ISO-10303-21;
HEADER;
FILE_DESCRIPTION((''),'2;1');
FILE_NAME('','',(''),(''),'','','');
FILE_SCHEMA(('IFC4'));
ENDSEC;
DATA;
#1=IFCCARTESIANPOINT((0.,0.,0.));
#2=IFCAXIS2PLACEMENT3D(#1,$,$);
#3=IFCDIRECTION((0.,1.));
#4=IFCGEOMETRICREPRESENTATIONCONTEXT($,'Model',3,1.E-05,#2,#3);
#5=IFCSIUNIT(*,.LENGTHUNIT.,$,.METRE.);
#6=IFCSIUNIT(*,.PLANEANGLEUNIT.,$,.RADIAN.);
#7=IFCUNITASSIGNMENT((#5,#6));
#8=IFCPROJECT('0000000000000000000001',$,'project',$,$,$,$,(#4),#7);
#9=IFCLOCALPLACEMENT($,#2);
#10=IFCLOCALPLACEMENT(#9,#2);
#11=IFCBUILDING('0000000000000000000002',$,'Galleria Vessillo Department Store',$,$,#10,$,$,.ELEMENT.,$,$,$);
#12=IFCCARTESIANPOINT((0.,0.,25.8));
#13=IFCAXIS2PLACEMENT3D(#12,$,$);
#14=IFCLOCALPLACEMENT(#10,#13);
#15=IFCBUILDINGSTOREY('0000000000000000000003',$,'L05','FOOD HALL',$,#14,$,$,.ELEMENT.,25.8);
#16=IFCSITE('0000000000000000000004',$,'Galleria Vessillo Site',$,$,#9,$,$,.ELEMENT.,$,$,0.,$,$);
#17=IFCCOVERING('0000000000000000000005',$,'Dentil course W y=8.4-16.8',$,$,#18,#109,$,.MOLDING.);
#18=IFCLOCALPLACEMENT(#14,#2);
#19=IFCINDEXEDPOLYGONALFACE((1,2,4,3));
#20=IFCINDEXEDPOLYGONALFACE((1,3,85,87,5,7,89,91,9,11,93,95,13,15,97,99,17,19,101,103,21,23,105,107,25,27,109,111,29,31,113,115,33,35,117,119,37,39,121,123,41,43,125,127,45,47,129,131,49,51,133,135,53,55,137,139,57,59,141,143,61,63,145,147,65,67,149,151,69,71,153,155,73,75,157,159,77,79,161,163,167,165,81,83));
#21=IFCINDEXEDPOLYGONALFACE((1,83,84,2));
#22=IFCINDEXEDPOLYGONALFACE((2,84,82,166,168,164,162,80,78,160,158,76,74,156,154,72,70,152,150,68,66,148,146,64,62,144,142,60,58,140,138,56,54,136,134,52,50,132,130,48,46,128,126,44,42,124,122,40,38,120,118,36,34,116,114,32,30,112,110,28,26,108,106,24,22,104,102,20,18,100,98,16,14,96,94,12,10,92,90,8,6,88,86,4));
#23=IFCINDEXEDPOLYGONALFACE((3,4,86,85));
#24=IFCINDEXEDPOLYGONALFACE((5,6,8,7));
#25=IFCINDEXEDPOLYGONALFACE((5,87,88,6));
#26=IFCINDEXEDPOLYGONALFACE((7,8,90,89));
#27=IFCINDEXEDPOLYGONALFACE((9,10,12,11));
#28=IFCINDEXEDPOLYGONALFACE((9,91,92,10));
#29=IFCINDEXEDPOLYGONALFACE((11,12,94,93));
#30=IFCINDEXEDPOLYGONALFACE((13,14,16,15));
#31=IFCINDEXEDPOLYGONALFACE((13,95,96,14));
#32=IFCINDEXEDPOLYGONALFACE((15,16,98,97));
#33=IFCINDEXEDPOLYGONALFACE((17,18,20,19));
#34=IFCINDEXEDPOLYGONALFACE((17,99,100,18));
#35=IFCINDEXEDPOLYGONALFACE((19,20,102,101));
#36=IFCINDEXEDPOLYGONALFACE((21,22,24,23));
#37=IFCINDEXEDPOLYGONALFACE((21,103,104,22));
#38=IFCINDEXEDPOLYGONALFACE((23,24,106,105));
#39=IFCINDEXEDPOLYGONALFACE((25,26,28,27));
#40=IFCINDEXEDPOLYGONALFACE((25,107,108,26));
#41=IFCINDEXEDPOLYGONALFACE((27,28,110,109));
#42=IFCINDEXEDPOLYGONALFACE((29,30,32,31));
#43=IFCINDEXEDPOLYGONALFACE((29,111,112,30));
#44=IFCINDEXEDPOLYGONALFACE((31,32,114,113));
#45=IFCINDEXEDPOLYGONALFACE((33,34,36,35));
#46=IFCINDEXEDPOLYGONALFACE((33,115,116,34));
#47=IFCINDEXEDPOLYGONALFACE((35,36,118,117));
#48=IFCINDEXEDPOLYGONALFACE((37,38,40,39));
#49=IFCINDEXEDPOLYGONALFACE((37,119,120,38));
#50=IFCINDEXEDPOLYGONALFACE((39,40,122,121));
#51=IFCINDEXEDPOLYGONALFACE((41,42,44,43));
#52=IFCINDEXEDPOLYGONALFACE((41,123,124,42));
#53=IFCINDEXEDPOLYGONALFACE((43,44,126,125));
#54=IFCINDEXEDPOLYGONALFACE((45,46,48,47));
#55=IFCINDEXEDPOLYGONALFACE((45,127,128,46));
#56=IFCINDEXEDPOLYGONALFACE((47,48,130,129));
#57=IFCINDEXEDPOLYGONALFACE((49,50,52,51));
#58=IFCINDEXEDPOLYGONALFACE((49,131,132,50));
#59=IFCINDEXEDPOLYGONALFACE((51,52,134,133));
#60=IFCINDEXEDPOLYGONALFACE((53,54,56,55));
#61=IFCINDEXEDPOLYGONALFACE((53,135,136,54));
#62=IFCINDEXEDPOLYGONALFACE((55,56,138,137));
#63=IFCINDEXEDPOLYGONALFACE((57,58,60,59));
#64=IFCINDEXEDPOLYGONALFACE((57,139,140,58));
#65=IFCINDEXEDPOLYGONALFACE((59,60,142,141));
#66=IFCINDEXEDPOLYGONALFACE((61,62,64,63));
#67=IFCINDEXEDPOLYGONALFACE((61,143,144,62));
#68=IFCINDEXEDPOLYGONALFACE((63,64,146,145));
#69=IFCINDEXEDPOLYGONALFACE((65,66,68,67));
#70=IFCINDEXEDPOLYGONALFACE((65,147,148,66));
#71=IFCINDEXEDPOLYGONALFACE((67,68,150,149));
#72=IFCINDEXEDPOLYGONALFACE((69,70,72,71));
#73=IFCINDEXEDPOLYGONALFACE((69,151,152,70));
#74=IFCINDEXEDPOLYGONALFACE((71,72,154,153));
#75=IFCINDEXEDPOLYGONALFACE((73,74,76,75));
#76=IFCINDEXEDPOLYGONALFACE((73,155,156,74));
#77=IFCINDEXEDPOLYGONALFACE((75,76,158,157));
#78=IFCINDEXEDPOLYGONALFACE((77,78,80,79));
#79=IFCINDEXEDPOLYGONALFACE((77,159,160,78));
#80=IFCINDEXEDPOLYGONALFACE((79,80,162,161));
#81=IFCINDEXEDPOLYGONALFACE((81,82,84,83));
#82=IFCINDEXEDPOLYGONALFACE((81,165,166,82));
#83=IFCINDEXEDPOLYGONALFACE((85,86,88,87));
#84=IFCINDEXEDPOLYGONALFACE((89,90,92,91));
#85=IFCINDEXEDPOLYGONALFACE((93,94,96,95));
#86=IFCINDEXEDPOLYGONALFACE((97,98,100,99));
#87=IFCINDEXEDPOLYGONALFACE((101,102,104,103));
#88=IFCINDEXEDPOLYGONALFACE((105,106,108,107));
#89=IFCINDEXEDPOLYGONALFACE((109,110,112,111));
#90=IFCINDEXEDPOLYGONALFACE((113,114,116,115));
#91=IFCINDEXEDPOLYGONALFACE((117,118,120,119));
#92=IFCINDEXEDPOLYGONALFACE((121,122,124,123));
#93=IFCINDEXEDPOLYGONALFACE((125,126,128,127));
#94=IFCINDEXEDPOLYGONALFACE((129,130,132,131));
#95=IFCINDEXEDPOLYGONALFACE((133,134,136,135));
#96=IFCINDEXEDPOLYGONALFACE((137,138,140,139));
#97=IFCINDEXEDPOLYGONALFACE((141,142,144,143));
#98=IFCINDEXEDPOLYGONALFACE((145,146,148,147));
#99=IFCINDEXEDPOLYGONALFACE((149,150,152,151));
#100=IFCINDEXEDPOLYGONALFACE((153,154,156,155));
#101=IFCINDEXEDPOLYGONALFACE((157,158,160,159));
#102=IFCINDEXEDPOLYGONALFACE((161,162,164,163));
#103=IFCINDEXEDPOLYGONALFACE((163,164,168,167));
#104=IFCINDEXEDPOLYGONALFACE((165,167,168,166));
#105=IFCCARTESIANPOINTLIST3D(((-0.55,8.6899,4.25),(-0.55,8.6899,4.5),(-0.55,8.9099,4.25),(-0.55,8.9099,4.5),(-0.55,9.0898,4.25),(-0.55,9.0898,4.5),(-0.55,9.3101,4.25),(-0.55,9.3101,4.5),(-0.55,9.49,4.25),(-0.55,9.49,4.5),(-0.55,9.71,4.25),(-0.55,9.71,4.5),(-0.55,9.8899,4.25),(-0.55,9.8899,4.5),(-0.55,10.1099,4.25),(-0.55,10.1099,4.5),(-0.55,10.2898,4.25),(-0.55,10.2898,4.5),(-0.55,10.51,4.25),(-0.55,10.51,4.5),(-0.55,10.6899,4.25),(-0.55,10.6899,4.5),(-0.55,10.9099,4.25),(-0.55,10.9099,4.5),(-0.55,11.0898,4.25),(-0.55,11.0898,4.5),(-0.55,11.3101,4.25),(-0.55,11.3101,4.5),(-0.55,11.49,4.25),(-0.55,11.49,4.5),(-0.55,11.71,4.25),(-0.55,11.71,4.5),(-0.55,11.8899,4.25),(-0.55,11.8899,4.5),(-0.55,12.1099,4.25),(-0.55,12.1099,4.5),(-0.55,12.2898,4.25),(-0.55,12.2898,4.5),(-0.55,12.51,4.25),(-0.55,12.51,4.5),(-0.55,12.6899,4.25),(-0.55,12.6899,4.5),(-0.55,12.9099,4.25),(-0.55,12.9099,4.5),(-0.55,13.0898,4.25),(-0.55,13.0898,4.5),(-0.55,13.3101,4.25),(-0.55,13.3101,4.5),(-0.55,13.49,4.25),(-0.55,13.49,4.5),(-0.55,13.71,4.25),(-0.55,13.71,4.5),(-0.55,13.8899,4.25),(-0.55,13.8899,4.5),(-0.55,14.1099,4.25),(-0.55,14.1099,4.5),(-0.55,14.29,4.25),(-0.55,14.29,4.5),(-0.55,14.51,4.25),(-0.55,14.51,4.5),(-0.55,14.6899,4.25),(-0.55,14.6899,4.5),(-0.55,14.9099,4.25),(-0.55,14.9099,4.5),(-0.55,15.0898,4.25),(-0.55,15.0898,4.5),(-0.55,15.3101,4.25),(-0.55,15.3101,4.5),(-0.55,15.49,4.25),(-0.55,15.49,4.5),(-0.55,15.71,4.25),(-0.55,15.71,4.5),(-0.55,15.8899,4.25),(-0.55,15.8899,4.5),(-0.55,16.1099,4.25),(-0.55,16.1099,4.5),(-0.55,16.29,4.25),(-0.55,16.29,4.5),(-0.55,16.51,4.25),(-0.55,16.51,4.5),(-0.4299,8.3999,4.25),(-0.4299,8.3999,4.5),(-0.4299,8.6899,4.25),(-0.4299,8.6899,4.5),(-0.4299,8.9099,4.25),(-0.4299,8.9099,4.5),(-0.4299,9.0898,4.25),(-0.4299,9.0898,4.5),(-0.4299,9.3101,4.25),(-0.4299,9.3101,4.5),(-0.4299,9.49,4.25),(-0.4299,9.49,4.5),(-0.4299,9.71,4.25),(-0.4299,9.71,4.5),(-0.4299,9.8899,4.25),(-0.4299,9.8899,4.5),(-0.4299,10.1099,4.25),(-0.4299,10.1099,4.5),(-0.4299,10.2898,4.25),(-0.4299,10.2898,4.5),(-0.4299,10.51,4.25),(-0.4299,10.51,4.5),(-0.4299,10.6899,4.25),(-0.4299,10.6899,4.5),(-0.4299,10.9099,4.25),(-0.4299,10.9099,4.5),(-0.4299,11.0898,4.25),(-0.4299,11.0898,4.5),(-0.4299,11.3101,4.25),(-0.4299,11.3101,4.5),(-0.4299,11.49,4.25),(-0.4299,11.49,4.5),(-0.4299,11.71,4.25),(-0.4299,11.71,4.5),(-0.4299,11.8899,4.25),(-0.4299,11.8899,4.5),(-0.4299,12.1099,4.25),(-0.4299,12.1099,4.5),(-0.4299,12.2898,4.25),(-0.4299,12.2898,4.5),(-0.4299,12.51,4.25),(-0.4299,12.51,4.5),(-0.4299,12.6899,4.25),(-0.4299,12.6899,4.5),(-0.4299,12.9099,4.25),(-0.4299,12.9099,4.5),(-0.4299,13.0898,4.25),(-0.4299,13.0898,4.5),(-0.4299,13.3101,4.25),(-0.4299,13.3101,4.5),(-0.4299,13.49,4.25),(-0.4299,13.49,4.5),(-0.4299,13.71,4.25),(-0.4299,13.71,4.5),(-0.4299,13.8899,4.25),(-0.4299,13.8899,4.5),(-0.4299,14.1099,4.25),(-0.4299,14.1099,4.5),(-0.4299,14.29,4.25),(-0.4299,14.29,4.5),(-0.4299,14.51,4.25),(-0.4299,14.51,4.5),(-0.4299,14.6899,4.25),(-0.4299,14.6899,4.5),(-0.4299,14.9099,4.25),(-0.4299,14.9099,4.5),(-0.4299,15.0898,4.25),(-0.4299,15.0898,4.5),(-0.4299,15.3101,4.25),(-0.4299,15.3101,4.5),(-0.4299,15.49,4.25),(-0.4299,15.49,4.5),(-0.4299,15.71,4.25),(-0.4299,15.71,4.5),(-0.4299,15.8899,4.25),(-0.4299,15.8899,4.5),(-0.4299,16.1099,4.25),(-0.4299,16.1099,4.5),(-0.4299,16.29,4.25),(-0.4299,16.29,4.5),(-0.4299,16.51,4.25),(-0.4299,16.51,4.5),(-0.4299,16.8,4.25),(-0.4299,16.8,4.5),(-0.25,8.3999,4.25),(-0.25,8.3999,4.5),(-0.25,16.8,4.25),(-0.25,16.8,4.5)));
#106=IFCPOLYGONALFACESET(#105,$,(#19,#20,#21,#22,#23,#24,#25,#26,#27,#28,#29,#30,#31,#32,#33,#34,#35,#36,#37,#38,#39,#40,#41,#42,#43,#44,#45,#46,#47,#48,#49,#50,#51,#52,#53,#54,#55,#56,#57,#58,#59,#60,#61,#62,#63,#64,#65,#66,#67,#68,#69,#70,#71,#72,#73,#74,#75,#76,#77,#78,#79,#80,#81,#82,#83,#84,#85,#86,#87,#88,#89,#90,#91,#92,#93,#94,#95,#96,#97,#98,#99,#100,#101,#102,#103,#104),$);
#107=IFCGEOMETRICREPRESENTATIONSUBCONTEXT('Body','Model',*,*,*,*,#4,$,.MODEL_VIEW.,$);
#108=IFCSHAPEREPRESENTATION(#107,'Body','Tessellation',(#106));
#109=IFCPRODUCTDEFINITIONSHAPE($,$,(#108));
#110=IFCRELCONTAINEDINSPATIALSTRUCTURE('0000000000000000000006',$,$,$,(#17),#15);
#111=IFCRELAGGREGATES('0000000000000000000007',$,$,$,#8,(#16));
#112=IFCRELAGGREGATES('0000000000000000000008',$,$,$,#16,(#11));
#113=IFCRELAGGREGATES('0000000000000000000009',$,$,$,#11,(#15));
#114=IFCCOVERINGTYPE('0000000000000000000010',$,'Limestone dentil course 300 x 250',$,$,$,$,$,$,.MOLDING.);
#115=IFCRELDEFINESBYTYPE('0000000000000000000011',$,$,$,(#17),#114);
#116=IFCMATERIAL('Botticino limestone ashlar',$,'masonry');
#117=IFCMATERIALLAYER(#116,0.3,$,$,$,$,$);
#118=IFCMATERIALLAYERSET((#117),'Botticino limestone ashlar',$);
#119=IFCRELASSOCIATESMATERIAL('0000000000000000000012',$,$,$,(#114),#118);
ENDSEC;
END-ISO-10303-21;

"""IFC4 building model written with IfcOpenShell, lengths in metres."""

from ifc_helpers import new_model, si_unit, direction, frame, origin, place, context, subcontext, project, spatial, polyline, outline, extrude, material, layer, layer_set, type_object, element, save


model = new_model("IFC4")

# Units and contexts
model_context = context("Model", 3, precision=1e-05, world=origin(), true_north=direction((0.0, 1.0)))
body_context = subcontext(model_context, "Body", "Model", "MODEL_VIEW")
ifc_project = project(units=[si_unit("LENGTHUNIT", "METRE"), si_unit("PLANEANGLEUNIT", "RADIAN")], contexts=[model_context])

# Site, building, storey
site_placement = place(None, origin())
site = spatial("IfcSite", under=ifc_project, at=site_placement, Name="Galleria Vessillo Site", CompositionType="ELEMENT", RefElevation=0.0)
building_placement = place(site_placement, origin())
building = spatial("IfcBuilding", under=site, at=building_placement, Name="Galleria Vessillo Department Store", CompositionType="ELEMENT")
storey_placement = place(building_placement, frame((0.0, 0.0, 25.8)))
storey = spatial("IfcBuildingStorey", under=building, at=storey_placement, Name="L05", Description="FOOD HALL", CompositionType="ELEMENT", Elevation=25.8)

# Covering
ifc_material_1 = material(Name="Botticino limestone ashlar", Category="masonry")
ifc_layer_1 = layer(ifc_material_1, 0.3)
ifc_layer_set_1 = layer_set([ifc_layer_1], Name="Botticino limestone ashlar")
covering_type_1 = type_object("IfcCoveringType", Name="Limestone dentil course 300 x 250", PredefinedType="MOLDING", material=ifc_layer_set_1)
covering_1_placement = place(storey_placement, frame((0.0, 0.0, 4.25)))
element("IfcCovering", 1, at=covering_1_placement, inside=storey, type_object=covering_type_1, Name="Dentil course W y=8.4-16.8", PredefinedType="MOLDING", context=body_context, shape_type="SweptSolid", body=[
    extrude(outline(polyline([(-0.25, 8.3999), (-0.4299, 8.3999), (-0.4299, 8.6899), (-0.55, 8.6899), (-0.55, 8.9099), (-0.4299, 8.9099), (-0.4299, 9.0898), (-0.55, 9.0898), (-0.55, 9.3101), (-0.4299, 9.3101), (-0.4299, 9.49), (-0.55, 9.49), (-0.55, 9.71), (-0.4299, 9.71), (-0.4299, 9.8899), (-0.55, 9.8899), (-0.55, 10.1099), (-0.4299, 10.1099), (-0.4299, 10.2898), (-0.55, 10.2898), (-0.55, 10.51), (-0.4299, 10.51), (-0.4299, 10.6899), (-0.55, 10.6899), (-0.55, 10.9099), (-0.4299, 10.9099), (-0.4299, 11.0898), (-0.55, 11.0898), (-0.55, 11.3101), (-0.4299, 11.3101), (-0.4299, 11.49), (-0.55, 11.49), (-0.55, 11.71), (-0.4299, 11.71), (-0.4299, 11.8899), (-0.55, 11.8899), (-0.55, 12.1099), (-0.4299, 12.1099), (-0.4299, 12.2898), (-0.55, 12.2898), (-0.55, 12.51), (-0.4299, 12.51), (-0.4299, 12.6899), (-0.55, 12.6899), (-0.55, 12.9099), (-0.4299, 12.9099), (-0.4299, 13.0898), (-0.55, 13.0898), (-0.55, 13.3101), (-0.4299, 13.3101), (-0.4299, 13.49), (-0.55, 13.49), (-0.55, 13.71), (-0.4299, 13.71), (-0.4299, 13.8899), (-0.55, 13.8899), (-0.55, 14.1099), (-0.4299, 14.1099), (-0.4299, 14.29), (-0.55, 14.29), (-0.55, 14.51), (-0.4299, 14.51), (-0.4299, 14.6899), (-0.55, 14.6899), (-0.55, 14.9099), (-0.4299, 14.9099), (-0.4299, 15.0898), (-0.55, 15.0898), (-0.55, 15.3101), (-0.4299, 15.3101), (-0.4299, 15.49), (-0.55, 15.49), (-0.55, 15.71), (-0.4299, 15.71), (-0.4299, 15.8899), (-0.55, 15.8899), (-0.55, 16.1099), (-0.4299, 16.1099), (-0.4299, 16.29), (-0.55, 16.29), (-0.55, 16.51), (-0.4299, 16.51), (-0.4299, 16.8), (-0.25, 16.8), (-0.25, 8.3999)])), origin(), (0.0, 0.0, 1.0), 0.25),
])

save(model, "model.ifc")
